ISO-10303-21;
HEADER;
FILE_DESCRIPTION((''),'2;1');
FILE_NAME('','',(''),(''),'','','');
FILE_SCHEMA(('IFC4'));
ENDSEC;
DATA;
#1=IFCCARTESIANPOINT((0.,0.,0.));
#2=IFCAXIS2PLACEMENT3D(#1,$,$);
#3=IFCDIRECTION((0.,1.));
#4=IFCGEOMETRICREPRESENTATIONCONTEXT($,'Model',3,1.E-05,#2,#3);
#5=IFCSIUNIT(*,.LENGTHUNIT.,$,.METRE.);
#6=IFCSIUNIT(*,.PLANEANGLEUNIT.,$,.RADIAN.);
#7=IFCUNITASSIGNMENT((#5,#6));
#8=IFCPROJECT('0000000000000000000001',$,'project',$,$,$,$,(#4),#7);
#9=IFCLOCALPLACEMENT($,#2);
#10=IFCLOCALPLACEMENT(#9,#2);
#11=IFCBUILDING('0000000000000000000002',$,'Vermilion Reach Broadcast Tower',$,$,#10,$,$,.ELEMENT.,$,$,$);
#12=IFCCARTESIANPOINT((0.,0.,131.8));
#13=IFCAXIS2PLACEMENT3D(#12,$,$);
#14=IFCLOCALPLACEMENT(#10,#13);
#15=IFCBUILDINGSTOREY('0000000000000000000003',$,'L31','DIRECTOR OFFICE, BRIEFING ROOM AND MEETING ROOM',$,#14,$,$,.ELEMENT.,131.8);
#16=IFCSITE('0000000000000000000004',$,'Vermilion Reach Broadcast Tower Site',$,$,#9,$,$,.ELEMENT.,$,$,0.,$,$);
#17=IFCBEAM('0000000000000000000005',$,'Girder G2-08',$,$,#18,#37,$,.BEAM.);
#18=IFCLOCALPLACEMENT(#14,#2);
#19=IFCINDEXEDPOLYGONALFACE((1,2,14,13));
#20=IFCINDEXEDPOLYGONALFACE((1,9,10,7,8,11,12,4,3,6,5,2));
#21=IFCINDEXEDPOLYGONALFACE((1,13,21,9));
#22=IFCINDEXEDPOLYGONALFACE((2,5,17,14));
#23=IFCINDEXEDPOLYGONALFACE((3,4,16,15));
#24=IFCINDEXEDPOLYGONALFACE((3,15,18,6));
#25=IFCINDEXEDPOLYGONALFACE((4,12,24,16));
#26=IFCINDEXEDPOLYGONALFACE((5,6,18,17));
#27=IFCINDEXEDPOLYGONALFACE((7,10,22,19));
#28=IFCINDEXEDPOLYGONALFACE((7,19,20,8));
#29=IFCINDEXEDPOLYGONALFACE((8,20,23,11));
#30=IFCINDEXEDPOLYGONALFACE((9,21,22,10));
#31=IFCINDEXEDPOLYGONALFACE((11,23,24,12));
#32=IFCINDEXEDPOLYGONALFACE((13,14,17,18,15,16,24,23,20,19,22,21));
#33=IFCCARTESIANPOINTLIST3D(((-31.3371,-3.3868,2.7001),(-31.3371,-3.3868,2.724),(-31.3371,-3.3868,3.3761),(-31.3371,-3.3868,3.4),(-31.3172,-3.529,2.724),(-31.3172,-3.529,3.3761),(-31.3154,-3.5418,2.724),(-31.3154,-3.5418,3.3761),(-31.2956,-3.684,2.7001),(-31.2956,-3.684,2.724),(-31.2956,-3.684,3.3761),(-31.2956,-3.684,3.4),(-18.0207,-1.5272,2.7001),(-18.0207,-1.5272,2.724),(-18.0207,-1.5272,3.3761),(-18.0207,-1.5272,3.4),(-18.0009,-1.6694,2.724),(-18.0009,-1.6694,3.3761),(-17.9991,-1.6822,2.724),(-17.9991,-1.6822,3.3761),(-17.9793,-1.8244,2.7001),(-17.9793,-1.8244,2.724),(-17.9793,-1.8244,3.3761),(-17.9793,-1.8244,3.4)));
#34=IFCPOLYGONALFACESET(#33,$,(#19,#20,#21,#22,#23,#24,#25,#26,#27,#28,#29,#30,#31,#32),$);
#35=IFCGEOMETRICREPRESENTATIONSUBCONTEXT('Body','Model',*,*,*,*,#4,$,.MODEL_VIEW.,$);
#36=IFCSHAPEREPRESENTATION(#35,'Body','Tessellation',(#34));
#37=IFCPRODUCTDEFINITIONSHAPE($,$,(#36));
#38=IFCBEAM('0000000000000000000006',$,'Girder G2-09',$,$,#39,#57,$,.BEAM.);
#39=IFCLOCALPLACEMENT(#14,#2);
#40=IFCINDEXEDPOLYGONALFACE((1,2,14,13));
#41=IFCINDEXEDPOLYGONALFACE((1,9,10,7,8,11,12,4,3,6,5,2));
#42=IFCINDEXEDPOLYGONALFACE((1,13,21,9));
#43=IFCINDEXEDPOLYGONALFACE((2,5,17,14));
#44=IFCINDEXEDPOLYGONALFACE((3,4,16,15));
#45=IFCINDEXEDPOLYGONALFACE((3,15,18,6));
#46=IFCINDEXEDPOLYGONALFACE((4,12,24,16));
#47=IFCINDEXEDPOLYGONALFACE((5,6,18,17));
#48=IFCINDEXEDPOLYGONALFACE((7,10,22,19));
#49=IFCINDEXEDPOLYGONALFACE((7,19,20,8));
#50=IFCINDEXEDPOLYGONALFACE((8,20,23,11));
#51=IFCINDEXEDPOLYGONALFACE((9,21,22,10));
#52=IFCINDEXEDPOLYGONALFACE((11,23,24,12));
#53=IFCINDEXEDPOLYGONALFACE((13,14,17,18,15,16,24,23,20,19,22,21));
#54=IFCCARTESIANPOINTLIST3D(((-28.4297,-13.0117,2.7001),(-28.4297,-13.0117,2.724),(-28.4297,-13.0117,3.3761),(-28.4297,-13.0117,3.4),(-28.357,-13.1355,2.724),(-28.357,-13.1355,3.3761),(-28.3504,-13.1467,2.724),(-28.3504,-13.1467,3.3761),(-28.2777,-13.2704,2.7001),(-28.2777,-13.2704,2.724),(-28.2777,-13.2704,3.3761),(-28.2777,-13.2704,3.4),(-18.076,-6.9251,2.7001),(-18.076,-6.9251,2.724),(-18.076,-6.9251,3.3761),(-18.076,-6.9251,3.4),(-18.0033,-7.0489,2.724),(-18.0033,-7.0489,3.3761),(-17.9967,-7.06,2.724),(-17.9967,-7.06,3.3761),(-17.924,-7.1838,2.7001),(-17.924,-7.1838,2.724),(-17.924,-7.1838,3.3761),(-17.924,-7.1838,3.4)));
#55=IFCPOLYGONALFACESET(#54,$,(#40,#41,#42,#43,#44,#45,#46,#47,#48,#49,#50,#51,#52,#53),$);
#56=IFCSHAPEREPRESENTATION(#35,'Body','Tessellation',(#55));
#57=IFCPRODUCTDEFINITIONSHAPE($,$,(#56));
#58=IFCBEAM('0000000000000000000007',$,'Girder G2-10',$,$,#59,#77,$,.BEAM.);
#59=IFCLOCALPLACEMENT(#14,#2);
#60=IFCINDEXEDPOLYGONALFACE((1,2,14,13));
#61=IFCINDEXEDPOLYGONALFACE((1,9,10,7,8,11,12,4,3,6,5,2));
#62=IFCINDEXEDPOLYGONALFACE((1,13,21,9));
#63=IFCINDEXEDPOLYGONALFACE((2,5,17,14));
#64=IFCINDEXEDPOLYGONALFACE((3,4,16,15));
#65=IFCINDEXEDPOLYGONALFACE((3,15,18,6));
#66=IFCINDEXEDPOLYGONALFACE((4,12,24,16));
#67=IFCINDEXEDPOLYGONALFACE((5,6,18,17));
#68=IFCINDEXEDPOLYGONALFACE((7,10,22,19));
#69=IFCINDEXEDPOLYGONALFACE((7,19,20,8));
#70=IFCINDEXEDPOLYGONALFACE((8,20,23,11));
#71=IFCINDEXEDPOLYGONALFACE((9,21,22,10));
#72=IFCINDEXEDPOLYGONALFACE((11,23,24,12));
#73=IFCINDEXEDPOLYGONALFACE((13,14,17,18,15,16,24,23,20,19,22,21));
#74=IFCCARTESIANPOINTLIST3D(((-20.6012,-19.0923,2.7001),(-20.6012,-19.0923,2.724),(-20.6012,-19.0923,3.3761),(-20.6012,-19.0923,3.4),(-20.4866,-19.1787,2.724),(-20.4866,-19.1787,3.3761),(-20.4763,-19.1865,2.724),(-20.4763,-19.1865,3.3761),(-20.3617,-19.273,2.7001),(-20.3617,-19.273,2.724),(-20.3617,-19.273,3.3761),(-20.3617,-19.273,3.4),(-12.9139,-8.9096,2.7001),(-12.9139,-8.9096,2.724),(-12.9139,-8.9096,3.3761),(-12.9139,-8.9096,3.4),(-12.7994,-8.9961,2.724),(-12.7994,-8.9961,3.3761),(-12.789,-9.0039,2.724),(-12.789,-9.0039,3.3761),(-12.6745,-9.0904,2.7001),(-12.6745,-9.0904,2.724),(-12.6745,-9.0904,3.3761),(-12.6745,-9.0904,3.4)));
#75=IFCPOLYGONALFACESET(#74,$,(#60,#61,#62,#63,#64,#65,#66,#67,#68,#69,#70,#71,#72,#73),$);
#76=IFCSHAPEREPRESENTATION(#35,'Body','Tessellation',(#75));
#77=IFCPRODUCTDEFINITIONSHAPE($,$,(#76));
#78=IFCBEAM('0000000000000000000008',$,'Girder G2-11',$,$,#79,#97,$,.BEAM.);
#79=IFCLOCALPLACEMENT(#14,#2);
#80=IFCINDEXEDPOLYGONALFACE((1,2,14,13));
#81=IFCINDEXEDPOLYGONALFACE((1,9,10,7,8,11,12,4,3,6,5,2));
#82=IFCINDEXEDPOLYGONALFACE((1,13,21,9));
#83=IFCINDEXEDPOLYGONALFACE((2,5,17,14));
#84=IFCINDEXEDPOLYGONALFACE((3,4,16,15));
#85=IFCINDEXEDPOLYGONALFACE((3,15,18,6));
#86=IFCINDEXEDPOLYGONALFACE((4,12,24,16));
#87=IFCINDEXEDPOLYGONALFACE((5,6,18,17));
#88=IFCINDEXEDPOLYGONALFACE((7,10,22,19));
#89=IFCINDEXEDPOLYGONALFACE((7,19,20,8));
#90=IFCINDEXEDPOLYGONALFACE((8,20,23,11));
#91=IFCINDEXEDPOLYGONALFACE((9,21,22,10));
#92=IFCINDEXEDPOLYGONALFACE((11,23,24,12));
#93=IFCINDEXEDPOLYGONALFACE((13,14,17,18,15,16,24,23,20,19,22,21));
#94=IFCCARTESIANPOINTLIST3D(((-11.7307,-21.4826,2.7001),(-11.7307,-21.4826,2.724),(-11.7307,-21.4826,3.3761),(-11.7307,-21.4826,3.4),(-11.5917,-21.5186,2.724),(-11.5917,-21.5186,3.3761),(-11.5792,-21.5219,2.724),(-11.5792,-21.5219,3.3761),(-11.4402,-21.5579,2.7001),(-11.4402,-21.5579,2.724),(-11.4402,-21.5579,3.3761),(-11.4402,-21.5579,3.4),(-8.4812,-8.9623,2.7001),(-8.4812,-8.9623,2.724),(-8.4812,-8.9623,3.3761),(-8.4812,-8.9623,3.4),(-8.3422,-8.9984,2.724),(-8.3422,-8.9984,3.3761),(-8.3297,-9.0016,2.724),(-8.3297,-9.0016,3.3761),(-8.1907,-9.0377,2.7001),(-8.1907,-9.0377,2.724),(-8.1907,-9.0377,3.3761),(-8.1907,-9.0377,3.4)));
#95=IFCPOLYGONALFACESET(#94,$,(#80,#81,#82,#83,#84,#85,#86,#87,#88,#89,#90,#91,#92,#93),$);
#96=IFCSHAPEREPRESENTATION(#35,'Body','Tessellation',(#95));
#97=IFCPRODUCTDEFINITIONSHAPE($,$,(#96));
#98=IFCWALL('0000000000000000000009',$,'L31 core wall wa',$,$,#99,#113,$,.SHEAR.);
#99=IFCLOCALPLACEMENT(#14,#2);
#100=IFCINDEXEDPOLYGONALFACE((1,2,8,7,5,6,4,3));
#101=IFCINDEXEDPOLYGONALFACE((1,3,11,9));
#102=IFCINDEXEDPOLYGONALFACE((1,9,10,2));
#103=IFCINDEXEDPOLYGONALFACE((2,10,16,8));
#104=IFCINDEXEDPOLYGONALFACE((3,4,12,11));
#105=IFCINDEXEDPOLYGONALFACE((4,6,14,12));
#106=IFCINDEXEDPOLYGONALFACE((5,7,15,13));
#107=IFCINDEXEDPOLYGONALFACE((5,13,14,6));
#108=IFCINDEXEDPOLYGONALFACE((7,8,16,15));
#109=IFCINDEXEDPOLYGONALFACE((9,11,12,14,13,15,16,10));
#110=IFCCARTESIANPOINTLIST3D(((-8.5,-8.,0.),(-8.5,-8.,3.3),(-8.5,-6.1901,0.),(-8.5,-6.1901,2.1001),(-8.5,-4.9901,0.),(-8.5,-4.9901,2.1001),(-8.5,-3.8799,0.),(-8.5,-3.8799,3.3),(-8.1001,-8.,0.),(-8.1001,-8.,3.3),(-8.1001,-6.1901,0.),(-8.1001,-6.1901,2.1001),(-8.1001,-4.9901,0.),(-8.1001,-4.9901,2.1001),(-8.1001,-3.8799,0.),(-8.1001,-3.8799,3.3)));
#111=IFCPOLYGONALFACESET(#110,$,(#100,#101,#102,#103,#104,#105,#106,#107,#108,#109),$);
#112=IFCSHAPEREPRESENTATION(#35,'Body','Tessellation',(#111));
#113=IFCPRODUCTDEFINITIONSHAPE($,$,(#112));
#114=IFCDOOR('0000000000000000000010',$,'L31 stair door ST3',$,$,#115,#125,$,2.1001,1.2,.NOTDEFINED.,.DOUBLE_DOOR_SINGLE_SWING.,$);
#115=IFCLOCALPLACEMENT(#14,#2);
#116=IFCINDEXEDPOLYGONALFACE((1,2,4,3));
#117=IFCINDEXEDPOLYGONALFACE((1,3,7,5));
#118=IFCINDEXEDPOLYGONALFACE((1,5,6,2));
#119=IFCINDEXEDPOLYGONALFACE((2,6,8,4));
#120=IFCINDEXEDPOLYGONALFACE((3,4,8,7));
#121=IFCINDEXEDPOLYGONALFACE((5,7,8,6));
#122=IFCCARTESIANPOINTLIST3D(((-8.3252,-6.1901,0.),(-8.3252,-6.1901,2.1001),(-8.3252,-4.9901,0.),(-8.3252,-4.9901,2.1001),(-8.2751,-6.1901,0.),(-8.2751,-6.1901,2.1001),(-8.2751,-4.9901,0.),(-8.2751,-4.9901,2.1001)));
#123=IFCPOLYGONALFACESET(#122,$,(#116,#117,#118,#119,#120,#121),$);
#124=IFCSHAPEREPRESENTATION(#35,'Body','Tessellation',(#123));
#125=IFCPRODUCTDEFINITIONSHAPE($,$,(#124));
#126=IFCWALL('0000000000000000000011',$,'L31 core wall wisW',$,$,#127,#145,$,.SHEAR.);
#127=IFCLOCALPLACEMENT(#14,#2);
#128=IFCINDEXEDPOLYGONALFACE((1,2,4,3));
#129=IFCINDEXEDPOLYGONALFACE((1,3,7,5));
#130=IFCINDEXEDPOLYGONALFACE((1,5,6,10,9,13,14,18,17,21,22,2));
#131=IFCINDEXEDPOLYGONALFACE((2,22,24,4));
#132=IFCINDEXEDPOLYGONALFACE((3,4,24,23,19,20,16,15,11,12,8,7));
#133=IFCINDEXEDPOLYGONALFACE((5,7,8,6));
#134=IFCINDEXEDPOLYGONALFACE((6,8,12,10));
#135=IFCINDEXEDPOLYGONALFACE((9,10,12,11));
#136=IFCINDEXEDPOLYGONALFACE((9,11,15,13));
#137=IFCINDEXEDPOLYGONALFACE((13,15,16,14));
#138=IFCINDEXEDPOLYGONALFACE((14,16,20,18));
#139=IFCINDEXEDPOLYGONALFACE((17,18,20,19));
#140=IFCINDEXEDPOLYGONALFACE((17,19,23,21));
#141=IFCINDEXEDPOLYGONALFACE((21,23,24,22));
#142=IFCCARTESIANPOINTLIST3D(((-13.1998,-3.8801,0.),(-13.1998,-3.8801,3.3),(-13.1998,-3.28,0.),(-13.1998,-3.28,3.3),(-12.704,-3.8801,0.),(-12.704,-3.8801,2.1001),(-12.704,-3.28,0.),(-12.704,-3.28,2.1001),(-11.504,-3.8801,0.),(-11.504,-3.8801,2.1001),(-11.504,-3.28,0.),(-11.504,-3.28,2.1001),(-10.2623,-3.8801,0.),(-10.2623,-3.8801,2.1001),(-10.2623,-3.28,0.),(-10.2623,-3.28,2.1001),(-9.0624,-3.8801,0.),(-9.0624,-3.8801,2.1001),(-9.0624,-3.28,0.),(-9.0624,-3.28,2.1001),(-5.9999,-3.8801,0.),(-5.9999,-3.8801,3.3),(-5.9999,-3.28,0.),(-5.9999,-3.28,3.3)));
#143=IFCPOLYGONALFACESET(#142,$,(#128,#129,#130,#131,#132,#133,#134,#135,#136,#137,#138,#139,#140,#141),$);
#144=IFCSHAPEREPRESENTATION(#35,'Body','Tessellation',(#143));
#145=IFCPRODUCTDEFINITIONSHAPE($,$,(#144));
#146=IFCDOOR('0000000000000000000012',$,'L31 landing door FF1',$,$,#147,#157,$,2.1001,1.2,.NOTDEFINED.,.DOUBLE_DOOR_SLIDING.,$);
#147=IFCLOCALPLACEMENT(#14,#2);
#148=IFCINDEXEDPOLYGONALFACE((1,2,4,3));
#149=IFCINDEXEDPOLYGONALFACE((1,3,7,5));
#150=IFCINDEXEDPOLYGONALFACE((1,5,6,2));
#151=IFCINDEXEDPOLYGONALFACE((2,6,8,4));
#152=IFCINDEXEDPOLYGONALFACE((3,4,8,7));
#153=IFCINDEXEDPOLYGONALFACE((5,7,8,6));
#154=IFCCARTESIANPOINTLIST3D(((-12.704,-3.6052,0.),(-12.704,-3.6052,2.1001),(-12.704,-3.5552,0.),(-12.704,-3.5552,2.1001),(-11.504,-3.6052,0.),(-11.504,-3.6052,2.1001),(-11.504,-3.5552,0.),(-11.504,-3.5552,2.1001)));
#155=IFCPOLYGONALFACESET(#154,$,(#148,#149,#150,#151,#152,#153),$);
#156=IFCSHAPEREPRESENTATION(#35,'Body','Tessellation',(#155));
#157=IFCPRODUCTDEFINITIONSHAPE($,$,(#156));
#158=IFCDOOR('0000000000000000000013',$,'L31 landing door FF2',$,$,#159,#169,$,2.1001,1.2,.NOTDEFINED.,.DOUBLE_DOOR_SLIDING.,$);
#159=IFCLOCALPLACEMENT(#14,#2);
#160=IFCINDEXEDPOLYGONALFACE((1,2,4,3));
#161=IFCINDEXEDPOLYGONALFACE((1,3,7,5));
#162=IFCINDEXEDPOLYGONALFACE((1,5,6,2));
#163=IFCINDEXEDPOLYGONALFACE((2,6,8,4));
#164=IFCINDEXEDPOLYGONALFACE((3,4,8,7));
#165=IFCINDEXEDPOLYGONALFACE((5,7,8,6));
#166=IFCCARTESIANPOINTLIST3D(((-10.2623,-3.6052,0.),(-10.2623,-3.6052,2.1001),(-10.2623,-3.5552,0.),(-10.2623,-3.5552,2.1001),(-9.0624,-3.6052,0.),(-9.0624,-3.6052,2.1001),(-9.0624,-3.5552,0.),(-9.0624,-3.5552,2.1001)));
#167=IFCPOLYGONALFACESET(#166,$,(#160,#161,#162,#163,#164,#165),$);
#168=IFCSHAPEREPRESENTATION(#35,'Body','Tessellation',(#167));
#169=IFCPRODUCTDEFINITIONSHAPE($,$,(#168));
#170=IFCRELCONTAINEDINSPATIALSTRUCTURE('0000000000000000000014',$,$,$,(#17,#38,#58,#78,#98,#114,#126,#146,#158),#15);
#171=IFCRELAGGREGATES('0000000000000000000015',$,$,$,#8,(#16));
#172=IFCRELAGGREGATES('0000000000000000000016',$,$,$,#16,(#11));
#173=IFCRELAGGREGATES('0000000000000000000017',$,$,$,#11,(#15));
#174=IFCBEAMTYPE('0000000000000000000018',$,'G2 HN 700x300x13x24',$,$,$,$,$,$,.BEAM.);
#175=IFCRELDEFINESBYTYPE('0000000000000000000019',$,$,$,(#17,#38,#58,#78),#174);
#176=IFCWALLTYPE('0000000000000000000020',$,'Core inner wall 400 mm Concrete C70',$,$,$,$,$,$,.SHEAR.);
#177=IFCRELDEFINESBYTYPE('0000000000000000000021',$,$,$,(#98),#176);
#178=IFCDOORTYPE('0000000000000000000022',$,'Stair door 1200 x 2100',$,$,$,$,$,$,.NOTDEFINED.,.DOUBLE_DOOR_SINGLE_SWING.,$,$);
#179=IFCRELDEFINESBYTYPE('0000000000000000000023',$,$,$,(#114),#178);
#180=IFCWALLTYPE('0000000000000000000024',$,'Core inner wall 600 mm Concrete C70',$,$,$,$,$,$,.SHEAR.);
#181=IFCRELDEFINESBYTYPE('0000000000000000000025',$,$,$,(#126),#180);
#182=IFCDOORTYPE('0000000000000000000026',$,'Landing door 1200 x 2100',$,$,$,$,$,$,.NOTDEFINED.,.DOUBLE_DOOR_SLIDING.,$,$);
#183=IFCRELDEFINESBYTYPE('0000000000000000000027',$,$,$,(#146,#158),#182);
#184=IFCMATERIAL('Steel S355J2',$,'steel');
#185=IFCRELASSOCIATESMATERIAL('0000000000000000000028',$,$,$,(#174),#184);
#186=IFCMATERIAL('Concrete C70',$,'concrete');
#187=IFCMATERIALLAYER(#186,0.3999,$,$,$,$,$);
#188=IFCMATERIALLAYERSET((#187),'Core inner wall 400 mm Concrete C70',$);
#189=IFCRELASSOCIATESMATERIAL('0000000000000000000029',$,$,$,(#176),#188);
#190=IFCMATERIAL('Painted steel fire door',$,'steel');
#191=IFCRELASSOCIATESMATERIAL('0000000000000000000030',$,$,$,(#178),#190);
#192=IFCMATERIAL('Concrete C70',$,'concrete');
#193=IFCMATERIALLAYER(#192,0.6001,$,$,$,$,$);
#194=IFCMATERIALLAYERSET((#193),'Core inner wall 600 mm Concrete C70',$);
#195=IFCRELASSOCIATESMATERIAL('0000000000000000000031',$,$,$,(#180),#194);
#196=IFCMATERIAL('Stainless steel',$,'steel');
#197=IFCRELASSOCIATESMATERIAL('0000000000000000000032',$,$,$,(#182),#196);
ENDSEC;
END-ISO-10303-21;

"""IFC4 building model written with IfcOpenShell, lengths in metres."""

from ifc_helpers import new_model, si_unit, direction, frame, frame_2d, origin, origin_2d, place, context, subcontext, project, spatial, rectangle, i_section, extrude, material, layer, layer_set, material_profile, profile_set, type_object, element, fill, save


model = new_model("IFC4")

# Units and contexts
model_context = context("Model", 3, precision=1e-05, world=origin(), true_north=direction((0.0, 1.0)))
body_context = subcontext(model_context, "Body", "Model", "MODEL_VIEW")
ifc_project = project(units=[si_unit("LENGTHUNIT", "METRE"), si_unit("PLANEANGLEUNIT", "RADIAN")], contexts=[model_context])

# Site, building, storey
site_placement = place(None, origin())
site = spatial("IfcSite", under=ifc_project, at=site_placement, Name="Vermilion Reach Broadcast Tower Site", CompositionType="ELEMENT", RefElevation=0.0)
building_placement = place(site_placement, origin())
building = spatial("IfcBuilding", under=site, at=building_placement, Name="Vermilion Reach Broadcast Tower", CompositionType="ELEMENT")
storey_placement = place(building_placement, frame((0.0, 0.0, 131.8)))
storey = spatial("IfcBuildingStorey", under=building, at=storey_placement, Name="L31", Description="DIRECTOR OFFICE, BRIEFING ROOM AND MEETING ROOM", CompositionType="ELEMENT", Elevation=131.8)

# Beams
ifc_material_1 = material(Name="Steel S355J2", Category="steel")
ifc_material_profile = material_profile(ifc_material_1, i_section(OverallWidth=0.3, OverallDepth=0.7, WebThickness=0.0129, FlangeThickness=0.0239, at=origin_2d()), Name="S355J2 HN 700x300x13x24")
ifc_profile_set = profile_set([ifc_material_profile], Name="Steel S355J2")
beam_type = type_object("IfcBeamType", Name="G2 HN 700x300x13x24", PredefinedType="BEAM", material=ifc_profile_set)
beam_1_placement = place(storey_placement, frame((-18.0, -1.6758, 3.05), z_axis=(-0.990389, -0.138307, 0.0), x_axis=(0.138307, -0.990389, 0.0)))
element("IfcBeam", 1, at=beam_1_placement, inside=storey, type_object=beam_type, Name="Girder G2-08", PredefinedType="BEAM", context=body_context, shape_type="SweptSolid", body=[
    extrude(i_section(OverallWidth=0.3, OverallDepth=0.7, WebThickness=0.0129, FlangeThickness=0.0239, at=origin_2d()), origin(), (0.0, 0.0, 1.0), 13.4456),
])
beam_2_placement = place(storey_placement, frame((-18.0, -7.0544, 3.05), z_axis=(-0.862072, -0.506786, 0.0), x_axis=(0.506786, -0.862072, 0.0)))
element("IfcBeam", 2, at=beam_2_placement, inside=storey, type_object=beam_type, Name="Girder G2-09", PredefinedType="BEAM", context=body_context, shape_type="SweptSolid", body=[
    extrude(i_section(OverallWidth=0.3, OverallDepth=0.7, WebThickness=0.0129, FlangeThickness=0.0239, at=origin_2d()), origin(), (0.0, 0.0, 1.0), 12.0103),
])
beam_3_placement = place(storey_placement, frame((-12.7942, -9.0, 3.05), z_axis=(-0.60252, -0.798104, 0.0), x_axis=(0.798104, -0.60252, 0.0)))
element("IfcBeam", 3, at=beam_3_placement, inside=storey, type_object=beam_type, Name="Girder G2-10", PredefinedType="BEAM", context=body_context, shape_type="SweptSolid", body=[
    extrude(i_section(OverallWidth=0.3, OverallDepth=0.7, WebThickness=0.0129, FlangeThickness=0.0239, at=origin_2d()), origin(), (0.0, 0.0, 1.0), 12.7585),
])
beam_4_placement = place(storey_placement, frame((-8.3359, -9.0, 3.05), z_axis=(-0.251217, -0.967931, 0.0), x_axis=(0.967931, -0.251217, 0.0)))
element("IfcBeam", 4, at=beam_4_placement, inside=storey, type_object=beam_type, Name="Girder G2-11", PredefinedType="BEAM", context=body_context, shape_type="SweptSolid", body=[
    extrude(i_section(OverallWidth=0.3, OverallDepth=0.7, WebThickness=0.0129, FlangeThickness=0.0239, at=origin_2d()), origin(), (0.0, 0.0, 1.0), 12.9351),
])

# Wall, opening, door
ifc_material_2 = material(Name="Concrete C70", Category="concrete")
ifc_layer_1 = layer(ifc_material_2, 0.3999)
ifc_layer_set_1 = layer_set([ifc_layer_1], Name="Core inner wall 400 mm Concrete C70")
wall_type_1 = type_object("IfcWallType", Name="Core inner wall 400 mm Concrete C70", PredefinedType="SHEAR", material=ifc_layer_set_1)
wall_1_placement = place(storey_placement, frame((-8.3, -3.8799, 0.0), z_axis=(0.0, 0.0, 1.0), x_axis=(0.0, -1.0, 0.0)))
wall_1 = element("IfcWall", 5, at=wall_1_placement, inside=storey, type_object=wall_type_1, Name="L31 core wall wa", PredefinedType="SHEAR", context=body_context, shape_type="SweptSolid", body=[
    extrude(rectangle(XDim=4.1201, YDim=0.3999, at=frame_2d((2.0601, 0.0))), origin(), (0.0, 0.0, 1.0), 3.3),
])
opening_1_placement = place(wall_1_placement, frame((1.1101, 0.0, 0.0)))
opening_1 = element("IfcOpeningElement", 6, at=opening_1_placement, cuts=wall_1, PredefinedType="OPENING", context=body_context, shape_type="SweptSolid", body=[
    extrude(rectangle(XDim=1.2, YDim=2.1001, at=frame_2d((0.6001, 1.05))), frame((0.0, 0.21, 0.0), z_axis=(0.0, -1.0, 0.0), x_axis=(1.0, 0.0, 0.0)), (0.0, 0.0, 1.0), 0.4199),
])
ifc_material_3 = material(Name="Painted steel fire door", Category="steel")
door_type_1 = type_object("IfcDoorType", Name="Stair door 1200 x 2100", OperationType="DOUBLE_DOOR_SINGLE_SWING", PredefinedType="NOTDEFINED", material=ifc_material_3)
door_1_placement = place(opening_1_placement, origin())
door_1 = element("IfcDoor", 7, at=door_1_placement, inside=storey, type_object=door_type_1, Name="L31 stair door ST3", OperationType="DOUBLE_DOOR_SINGLE_SWING", OverallHeight=2.1001, OverallWidth=1.2, PredefinedType="NOTDEFINED", context=body_context, shape_type="SweptSolid", body=[
    extrude(rectangle(XDim=1.2, YDim=2.1001, at=frame_2d((0.6001, 1.05))), frame((0.0, 0.0249, 0.0), z_axis=(0.0, -1.0, 0.0), x_axis=(1.0, 0.0, 0.0)), (0.0, 0.0, 1.0), 0.05),
])
fill(opening_1, door_1)

# Wall, openings, doors
ifc_material_4 = material(Name="Concrete C70", Category="concrete")
ifc_layer_2 = layer(ifc_material_4, 0.6001)
ifc_layer_set_2 = layer_set([ifc_layer_2], Name="Core inner wall 600 mm Concrete C70")
wall_type_2 = type_object("IfcWallType", Name="Core inner wall 600 mm Concrete C70", PredefinedType="SHEAR", material=ifc_layer_set_2)
wall_2_placement = place(storey_placement, frame((-13.2, -3.5801, 0.0), z_axis=(0.0, 0.0, 1.0), x_axis=(1.0, 0.0, 0.0)))
wall_2 = element("IfcWall", 8, at=wall_2_placement, inside=storey, type_object=wall_type_2, Name="L31 core wall wisW", PredefinedType="SHEAR", context=body_context, shape_type="SweptSolid", body=[
    extrude(rectangle(XDim=7.2, YDim=0.6001, at=frame_2d((3.6001, 0.0))), origin(), (0.0, 0.0, 1.0), 3.3),
])
opening_2_placement = place(wall_2_placement, frame((0.4958, 0.0, 0.0)))
opening_2 = element("IfcOpeningElement", 9, at=opening_2_placement, cuts=wall_2, PredefinedType="OPENING", context=body_context, shape_type="SweptSolid", body=[
    extrude(rectangle(XDim=1.2, YDim=2.1001, at=frame_2d((0.6001, 1.05))), frame((0.0, 0.3101, 0.0), z_axis=(0.0, -1.0, 0.0), x_axis=(1.0, 0.0, 0.0)), (0.0, 0.0, 1.0), 0.6201),
])
opening_3_placement = place(wall_2_placement, frame((2.9375, 0.0, 0.0)))
opening_3 = element("IfcOpeningElement", 10, at=opening_3_placement, cuts=wall_2, PredefinedType="OPENING", context=body_context, shape_type="SweptSolid", body=[
    extrude(rectangle(XDim=1.2, YDim=2.1001, at=frame_2d((0.6001, 1.05))), frame((0.0, 0.3101, 0.0), z_axis=(0.0, -1.0, 0.0), x_axis=(1.0, 0.0, 0.0)), (0.0, 0.0, 1.0), 0.6201),
])
ifc_material_5 = material(Name="Stainless steel", Category="steel")
door_type_2 = type_object("IfcDoorType", Name="Landing door 1200 x 2100", OperationType="DOUBLE_DOOR_SLIDING", PredefinedType="NOTDEFINED", material=ifc_material_5)
door_2_placement = place(opening_2_placement, origin())
door_2 = element("IfcDoor", 11, at=door_2_placement, inside=storey, type_object=door_type_2, Name="L31 landing door FF1", OperationType="DOUBLE_DOOR_SLIDING", OverallHeight=2.1001, OverallWidth=1.2, PredefinedType="NOTDEFINED", context=body_context, shape_type="SweptSolid", body=[
    extrude(rectangle(XDim=1.2, YDim=2.1001, at=frame_2d((0.6001, 1.05))), frame((0.0, 0.0249, 0.0), z_axis=(0.0, -1.0, 0.0), x_axis=(1.0, 0.0, 0.0)), (0.0, 0.0, 1.0), 0.05),
])
fill(opening_2, door_2)
door_3_placement = place(opening_3_placement, origin())
door_3 = element("IfcDoor", 12, at=door_3_placement, inside=storey, type_object=door_type_2, Name="L31 landing door FF2", OperationType="DOUBLE_DOOR_SLIDING", OverallHeight=2.1001, OverallWidth=1.2, PredefinedType="NOTDEFINED", context=body_context, shape_type="SweptSolid", body=[
    extrude(rectangle(XDim=1.2, YDim=2.1001, at=frame_2d((0.6001, 1.05))), frame((0.0, 0.0249, 0.0), z_axis=(0.0, -1.0, 0.0), x_axis=(1.0, 0.0, 0.0)), (0.0, 0.0, 1.0), 0.05),
])
fill(opening_3, door_3)

save(model, "model.ifc")
